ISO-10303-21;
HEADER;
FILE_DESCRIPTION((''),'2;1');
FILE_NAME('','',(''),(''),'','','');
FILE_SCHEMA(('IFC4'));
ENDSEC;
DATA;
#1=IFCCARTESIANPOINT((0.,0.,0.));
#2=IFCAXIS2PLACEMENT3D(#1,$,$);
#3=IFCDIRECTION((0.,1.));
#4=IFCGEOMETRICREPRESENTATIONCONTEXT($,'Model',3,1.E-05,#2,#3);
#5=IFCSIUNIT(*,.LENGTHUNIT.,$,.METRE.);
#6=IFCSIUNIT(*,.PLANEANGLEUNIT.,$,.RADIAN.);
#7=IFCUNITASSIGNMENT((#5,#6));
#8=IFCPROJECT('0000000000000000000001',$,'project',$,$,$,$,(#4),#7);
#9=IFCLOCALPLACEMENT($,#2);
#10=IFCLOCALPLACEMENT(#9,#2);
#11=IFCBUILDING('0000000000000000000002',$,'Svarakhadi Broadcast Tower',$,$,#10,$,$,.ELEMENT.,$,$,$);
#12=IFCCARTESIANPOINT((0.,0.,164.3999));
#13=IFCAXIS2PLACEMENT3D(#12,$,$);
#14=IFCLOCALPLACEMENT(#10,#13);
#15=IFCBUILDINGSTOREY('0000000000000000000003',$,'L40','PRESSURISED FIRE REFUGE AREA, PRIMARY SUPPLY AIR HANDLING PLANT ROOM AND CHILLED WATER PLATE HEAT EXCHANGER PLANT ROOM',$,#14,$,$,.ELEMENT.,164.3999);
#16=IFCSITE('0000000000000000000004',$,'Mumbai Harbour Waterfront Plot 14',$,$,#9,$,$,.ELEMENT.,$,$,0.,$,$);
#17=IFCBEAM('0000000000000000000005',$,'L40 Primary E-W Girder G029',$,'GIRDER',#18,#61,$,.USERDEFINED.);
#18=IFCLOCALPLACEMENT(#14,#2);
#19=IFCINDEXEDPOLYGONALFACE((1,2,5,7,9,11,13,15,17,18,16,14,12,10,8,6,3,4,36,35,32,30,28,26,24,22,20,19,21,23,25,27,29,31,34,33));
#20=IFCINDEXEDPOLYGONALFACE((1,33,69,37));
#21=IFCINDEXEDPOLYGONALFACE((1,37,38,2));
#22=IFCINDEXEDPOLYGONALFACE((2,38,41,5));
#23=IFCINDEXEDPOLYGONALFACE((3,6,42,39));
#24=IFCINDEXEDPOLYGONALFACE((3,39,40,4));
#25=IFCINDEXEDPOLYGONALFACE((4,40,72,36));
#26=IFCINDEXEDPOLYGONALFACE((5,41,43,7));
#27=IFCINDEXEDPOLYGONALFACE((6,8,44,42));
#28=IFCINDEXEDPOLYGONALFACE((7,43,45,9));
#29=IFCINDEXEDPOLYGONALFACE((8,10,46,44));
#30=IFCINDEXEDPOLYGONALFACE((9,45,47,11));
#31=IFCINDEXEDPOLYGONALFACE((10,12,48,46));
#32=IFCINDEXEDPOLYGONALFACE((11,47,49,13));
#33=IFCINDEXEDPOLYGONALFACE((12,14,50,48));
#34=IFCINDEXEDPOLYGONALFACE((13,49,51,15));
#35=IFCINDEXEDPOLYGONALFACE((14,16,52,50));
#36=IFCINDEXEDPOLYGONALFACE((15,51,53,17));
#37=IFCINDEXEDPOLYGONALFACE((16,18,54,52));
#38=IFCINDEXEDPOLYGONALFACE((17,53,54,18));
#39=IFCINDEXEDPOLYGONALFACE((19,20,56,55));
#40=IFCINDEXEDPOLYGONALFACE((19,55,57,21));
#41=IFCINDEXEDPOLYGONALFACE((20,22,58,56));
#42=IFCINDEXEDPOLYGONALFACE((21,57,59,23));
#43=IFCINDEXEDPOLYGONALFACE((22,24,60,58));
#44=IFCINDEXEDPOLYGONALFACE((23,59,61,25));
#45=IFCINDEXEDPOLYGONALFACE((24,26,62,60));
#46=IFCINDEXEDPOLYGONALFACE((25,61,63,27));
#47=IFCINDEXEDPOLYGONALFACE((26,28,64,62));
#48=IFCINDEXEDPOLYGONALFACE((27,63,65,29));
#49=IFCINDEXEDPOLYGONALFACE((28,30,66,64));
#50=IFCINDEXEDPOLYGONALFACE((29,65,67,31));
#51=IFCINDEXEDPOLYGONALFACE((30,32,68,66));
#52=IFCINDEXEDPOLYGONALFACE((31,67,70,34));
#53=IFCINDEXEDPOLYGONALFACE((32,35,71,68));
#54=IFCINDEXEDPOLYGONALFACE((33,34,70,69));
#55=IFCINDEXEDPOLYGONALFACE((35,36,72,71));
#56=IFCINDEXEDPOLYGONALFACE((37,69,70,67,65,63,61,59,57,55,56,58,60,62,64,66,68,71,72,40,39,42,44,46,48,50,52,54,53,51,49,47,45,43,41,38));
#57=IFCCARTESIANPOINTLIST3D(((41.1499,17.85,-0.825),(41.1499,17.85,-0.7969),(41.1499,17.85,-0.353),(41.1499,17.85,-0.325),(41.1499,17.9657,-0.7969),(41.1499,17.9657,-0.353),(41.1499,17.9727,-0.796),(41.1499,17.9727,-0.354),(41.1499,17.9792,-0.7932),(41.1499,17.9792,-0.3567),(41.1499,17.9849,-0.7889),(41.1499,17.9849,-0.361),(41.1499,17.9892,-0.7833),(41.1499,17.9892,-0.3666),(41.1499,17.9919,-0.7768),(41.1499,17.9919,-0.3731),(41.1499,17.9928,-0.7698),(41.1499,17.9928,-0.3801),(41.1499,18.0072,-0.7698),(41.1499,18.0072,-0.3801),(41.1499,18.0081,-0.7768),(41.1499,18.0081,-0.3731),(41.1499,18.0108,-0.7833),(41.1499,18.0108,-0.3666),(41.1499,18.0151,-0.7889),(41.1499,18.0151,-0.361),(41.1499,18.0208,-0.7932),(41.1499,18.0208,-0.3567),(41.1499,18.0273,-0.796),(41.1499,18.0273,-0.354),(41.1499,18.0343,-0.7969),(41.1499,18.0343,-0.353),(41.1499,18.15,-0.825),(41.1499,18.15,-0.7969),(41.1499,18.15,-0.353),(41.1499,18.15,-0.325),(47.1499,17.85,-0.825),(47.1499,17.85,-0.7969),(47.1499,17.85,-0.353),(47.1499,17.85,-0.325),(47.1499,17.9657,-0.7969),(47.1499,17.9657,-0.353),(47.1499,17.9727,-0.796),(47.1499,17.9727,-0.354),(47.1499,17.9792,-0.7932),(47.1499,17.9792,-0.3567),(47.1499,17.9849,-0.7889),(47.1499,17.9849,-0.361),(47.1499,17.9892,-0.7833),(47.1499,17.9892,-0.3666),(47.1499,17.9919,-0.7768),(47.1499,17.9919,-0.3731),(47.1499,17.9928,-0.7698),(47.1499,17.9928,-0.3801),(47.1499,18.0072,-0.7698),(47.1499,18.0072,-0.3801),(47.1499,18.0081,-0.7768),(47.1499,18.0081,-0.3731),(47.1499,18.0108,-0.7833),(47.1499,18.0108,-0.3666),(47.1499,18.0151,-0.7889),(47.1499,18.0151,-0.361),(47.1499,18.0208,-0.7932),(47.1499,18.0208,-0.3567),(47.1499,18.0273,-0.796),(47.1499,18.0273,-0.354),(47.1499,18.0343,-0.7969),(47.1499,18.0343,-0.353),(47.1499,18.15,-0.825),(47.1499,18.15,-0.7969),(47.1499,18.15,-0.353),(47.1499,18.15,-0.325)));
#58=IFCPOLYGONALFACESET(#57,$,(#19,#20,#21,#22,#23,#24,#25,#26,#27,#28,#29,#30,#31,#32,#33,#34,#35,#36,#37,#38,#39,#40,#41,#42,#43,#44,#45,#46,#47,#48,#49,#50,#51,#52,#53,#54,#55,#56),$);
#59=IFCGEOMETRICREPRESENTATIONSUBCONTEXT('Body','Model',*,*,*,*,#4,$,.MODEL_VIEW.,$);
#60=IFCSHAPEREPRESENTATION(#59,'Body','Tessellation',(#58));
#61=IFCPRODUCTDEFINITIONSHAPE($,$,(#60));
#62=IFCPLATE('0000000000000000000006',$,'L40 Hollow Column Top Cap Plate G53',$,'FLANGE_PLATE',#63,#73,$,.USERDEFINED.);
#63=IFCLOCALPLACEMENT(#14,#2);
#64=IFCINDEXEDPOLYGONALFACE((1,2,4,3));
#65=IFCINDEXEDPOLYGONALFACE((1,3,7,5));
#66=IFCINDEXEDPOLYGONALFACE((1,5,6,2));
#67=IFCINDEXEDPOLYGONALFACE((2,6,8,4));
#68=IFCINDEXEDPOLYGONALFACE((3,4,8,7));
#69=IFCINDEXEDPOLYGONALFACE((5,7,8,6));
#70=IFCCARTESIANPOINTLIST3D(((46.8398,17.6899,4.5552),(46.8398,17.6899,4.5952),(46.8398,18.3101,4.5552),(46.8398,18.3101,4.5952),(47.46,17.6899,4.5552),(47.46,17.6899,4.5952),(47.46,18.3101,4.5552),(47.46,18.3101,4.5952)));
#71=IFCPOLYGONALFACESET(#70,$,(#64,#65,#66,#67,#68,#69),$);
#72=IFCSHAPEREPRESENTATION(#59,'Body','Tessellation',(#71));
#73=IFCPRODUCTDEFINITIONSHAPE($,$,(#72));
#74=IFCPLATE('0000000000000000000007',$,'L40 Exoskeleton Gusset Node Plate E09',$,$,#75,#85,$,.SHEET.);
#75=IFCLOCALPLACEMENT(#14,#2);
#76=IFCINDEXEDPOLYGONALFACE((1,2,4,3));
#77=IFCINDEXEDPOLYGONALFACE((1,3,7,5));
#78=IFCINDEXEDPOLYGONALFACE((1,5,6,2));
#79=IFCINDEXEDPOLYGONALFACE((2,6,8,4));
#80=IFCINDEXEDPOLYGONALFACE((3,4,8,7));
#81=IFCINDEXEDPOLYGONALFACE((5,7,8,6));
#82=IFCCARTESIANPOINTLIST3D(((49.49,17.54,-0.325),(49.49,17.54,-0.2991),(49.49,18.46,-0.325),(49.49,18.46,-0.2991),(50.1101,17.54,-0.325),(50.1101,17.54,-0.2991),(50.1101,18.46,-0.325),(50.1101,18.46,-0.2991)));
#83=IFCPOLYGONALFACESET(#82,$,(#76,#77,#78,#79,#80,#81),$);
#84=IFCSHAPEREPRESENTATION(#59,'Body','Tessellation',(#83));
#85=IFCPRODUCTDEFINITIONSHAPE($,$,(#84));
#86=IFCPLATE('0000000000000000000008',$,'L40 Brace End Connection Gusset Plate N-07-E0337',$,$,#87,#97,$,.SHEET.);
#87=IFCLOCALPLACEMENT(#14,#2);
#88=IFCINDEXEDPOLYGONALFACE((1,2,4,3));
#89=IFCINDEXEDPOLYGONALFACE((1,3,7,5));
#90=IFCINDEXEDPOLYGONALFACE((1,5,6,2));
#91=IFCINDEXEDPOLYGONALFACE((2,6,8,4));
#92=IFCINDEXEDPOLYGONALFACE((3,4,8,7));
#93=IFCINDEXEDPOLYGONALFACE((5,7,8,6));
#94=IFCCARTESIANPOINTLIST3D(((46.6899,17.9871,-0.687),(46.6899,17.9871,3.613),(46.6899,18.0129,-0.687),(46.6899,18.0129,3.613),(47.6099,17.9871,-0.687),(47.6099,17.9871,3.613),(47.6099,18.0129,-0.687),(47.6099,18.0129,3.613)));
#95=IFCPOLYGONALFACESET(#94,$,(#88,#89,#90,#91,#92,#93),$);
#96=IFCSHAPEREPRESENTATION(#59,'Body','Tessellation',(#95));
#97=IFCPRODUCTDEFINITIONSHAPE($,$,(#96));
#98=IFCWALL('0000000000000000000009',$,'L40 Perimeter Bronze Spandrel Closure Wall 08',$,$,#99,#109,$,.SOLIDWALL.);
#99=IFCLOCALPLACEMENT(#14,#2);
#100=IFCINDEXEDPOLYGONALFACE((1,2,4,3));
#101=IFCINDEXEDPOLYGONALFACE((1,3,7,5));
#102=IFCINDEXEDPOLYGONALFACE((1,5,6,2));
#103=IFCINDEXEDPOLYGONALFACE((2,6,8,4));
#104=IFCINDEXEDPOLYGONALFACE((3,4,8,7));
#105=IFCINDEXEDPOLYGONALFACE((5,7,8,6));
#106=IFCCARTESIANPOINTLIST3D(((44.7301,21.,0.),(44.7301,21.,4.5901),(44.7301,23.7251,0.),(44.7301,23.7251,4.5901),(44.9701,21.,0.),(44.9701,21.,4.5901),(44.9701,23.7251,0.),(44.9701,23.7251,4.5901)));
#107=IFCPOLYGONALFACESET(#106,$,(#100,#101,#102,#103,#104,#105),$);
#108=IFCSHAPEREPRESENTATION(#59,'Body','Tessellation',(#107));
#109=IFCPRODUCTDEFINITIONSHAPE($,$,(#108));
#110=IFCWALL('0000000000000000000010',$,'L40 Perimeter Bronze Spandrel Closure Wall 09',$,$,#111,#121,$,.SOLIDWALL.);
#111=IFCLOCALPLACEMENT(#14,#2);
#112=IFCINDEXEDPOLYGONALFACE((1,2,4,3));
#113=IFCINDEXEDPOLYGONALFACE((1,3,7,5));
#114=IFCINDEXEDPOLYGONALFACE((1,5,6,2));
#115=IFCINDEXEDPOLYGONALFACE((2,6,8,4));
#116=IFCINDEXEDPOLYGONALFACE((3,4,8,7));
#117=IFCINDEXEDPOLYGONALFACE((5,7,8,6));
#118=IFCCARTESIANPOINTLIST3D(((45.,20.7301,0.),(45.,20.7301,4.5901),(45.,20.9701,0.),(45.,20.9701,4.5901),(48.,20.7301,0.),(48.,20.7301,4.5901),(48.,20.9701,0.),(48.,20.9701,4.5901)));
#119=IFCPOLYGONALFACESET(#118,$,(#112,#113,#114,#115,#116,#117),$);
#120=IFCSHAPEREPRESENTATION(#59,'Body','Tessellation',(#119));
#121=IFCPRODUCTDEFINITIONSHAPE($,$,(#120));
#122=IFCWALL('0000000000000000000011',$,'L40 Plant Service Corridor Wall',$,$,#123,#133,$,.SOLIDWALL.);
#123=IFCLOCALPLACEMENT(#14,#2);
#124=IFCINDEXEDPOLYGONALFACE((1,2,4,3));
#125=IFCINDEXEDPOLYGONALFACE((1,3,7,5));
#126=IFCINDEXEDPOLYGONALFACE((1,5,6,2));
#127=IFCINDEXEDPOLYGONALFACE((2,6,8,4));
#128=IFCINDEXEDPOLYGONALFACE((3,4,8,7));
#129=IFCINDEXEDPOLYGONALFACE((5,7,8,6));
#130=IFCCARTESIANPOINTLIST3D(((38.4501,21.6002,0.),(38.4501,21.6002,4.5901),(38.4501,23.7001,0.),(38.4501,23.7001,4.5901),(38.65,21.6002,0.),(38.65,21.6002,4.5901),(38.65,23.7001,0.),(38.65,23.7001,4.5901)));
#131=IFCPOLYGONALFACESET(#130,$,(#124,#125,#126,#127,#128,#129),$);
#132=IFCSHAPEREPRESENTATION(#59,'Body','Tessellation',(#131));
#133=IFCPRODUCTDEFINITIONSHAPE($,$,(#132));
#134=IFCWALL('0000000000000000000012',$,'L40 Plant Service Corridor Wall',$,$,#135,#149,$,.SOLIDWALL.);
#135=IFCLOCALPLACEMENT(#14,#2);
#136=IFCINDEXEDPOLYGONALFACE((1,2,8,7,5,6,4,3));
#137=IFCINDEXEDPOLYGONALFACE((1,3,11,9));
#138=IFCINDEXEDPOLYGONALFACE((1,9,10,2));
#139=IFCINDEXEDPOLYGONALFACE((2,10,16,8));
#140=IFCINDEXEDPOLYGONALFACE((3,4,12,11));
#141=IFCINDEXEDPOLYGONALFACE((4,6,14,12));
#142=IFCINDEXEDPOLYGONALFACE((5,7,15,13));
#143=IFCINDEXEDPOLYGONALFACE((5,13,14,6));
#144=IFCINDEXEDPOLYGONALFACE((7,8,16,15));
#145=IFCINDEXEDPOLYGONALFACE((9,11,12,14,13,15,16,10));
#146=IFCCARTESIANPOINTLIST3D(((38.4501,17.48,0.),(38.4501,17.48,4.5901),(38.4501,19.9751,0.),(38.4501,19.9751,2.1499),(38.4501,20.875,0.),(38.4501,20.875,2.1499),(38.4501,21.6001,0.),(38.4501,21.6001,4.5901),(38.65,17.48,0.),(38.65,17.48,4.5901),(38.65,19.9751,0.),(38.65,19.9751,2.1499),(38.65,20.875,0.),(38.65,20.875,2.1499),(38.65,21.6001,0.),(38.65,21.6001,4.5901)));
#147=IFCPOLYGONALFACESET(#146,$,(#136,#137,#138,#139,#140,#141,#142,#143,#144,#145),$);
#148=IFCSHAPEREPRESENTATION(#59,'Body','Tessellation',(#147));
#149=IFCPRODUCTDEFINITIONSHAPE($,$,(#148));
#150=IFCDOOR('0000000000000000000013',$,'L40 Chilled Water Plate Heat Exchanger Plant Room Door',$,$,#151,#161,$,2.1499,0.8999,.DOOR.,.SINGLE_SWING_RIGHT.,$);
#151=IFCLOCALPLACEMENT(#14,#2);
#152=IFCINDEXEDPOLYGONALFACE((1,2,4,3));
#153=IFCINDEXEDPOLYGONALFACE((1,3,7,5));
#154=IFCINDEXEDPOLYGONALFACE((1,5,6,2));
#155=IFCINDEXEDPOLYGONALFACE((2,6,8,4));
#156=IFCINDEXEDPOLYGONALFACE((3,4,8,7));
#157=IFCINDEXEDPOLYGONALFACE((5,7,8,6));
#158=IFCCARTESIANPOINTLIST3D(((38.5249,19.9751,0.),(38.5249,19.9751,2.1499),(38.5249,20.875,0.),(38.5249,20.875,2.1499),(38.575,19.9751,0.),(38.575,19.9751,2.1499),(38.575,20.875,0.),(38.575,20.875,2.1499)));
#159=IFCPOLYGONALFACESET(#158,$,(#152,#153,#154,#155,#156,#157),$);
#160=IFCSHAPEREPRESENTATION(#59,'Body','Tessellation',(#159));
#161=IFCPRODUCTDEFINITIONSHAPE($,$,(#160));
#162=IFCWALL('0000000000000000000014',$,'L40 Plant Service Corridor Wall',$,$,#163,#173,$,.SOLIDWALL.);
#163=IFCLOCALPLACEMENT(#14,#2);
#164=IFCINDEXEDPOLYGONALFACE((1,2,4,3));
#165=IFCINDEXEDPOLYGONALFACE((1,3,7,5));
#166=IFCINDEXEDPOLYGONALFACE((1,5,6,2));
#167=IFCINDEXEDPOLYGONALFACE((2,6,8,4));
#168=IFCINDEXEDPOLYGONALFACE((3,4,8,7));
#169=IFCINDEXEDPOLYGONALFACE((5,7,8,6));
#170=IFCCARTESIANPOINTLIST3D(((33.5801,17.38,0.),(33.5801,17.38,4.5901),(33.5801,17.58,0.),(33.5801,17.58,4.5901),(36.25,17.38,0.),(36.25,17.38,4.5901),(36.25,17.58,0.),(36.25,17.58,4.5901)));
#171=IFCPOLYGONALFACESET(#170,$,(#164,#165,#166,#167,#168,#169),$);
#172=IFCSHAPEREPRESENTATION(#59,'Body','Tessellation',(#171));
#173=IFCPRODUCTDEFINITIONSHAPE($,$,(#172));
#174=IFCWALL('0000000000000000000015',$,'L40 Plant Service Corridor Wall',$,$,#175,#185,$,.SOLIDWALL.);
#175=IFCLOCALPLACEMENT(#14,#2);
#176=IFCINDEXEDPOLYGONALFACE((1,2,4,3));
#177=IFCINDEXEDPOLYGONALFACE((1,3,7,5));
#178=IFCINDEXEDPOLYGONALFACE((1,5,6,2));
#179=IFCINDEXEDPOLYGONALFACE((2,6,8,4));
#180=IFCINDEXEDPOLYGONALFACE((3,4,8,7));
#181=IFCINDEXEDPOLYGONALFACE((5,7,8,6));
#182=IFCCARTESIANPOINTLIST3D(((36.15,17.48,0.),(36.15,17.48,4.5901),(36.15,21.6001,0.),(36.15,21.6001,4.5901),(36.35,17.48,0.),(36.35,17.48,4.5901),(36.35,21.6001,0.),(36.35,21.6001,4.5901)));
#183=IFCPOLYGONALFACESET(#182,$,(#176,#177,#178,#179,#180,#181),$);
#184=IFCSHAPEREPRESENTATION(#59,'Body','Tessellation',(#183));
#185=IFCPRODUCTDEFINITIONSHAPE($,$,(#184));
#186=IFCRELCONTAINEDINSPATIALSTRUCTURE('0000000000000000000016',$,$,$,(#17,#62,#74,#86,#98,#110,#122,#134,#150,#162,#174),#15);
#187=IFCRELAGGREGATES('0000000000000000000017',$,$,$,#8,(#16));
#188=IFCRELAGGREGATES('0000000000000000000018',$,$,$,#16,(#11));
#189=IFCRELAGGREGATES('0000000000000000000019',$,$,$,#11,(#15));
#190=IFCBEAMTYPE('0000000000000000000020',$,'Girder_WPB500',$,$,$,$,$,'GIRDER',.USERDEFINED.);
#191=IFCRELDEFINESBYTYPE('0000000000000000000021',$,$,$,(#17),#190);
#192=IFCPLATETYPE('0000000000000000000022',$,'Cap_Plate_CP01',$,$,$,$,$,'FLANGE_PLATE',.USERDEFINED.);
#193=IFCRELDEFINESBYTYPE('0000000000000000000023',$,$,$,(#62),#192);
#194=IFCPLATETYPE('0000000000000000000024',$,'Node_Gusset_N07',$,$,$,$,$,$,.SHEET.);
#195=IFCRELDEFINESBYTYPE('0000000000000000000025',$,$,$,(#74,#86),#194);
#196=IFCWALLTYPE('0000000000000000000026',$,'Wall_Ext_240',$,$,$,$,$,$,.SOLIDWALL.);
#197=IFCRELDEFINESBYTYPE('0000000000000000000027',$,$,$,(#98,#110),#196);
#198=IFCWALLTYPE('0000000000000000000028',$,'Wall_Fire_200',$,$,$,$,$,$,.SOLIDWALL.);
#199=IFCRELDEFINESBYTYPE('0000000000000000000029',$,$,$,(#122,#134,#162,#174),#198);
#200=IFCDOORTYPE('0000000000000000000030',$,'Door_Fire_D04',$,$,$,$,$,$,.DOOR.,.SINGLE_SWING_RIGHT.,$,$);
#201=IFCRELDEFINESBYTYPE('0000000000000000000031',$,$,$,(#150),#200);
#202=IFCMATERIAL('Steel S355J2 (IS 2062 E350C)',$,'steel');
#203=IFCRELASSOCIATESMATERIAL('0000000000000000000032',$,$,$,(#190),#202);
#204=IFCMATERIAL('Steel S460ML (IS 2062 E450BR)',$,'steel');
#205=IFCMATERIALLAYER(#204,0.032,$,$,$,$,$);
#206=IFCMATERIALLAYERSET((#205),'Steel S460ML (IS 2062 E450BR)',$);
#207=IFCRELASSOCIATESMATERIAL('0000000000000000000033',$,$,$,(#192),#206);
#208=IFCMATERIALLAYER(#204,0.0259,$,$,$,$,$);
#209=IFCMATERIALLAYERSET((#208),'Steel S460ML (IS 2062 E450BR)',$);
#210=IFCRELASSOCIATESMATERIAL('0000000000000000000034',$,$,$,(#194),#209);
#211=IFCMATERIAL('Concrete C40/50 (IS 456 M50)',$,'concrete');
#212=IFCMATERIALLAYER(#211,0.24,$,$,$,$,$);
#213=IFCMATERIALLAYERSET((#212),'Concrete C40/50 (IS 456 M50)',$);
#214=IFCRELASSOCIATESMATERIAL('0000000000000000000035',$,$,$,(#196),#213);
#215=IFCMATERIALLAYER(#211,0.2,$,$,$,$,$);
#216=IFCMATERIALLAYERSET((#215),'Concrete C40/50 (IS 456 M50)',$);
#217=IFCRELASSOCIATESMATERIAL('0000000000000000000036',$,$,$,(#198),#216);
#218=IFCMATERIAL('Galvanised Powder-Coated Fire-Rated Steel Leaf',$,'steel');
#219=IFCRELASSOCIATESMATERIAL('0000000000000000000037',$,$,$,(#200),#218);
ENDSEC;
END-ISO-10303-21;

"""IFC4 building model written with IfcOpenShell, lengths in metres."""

from ifc_helpers import new_model, si_unit, direction, frame, frame_2d, origin, origin_2d, place, context, subcontext, project, spatial, rectangle, i_section, extrude, material, layer, layer_set, material_profile, profile_set, type_object, element, fill, save


model = new_model("IFC4")

# Units and contexts
model_context = context("Model", 3, precision=1e-05, world=origin(), true_north=direction((0.0, 1.0)))
body_context = subcontext(model_context, "Body", "Model", "MODEL_VIEW")
ifc_project = project(units=[si_unit("LENGTHUNIT", "METRE"), si_unit("PLANEANGLEUNIT", "RADIAN")], contexts=[model_context])

# Site, building, storey
site_placement = place(None, origin())
site = spatial("IfcSite", under=ifc_project, at=site_placement, Name="Mumbai Harbour Waterfront Plot 14", CompositionType="ELEMENT", RefElevation=0.0)
building_placement = place(site_placement, origin())
building = spatial("IfcBuilding", under=site, at=building_placement, Name="Svarakhadi Broadcast Tower", CompositionType="ELEMENT")
storey_placement = place(building_placement, frame((0.0, 0.0, 164.3999)))
storey = spatial("IfcBuildingStorey", under=building, at=storey_placement, Name="L40", Description="PRESSURISED FIRE REFUGE AREA, PRIMARY SUPPLY AIR HANDLING PLANT ROOM AND CHILLED WATER PLATE HEAT EXCHANGER PLANT ROOM", CompositionType="ELEMENT", Elevation=164.3999)

# Shared definitions
ifc_material_1 = material(Name="Steel S460ML (IS 2062 E450BR)", Category="steel")

# Beam
ifc_material_2 = material(Name="Steel S355J2 (IS 2062 E350C)", Category="steel")
ifc_material_profile_1 = material_profile(ifc_material_2, i_section(OverallWidth=0.3, OverallDepth=0.5, WebThickness=0.0144, FlangeThickness=0.0281, FilletRadius=0.0271, at=origin_2d()), Name="WPB 500x300x187")
ifc_profile_set_1 = profile_set([ifc_material_profile_1], Name="Steel S355J2 (IS 2062 E350C)")
beam_type = type_object("IfcBeamType", Name="Girder_WPB500", ElementType="GIRDER", PredefinedType="USERDEFINED", material=ifc_profile_set_1)
for number, where, z_axis, x_axis, name in (
    (1, (41.1499, 18.0, -0.575), (1.0, 0.0, 0.0), (0.0, 1.0, 0.0), "L40 Primary E-W Girder G029"),
):
    element("IfcBeam", number, at=place(storey_placement, frame(where, z_axis=z_axis, x_axis=x_axis)), inside=storey, type_object=beam_type, Name=name, ObjectType="GIRDER", PredefinedType="USERDEFINED", context=body_context, shape_type="SweptSolid", body=[
        extrude(i_section(OverallWidth=0.3, OverallDepth=0.5, WebThickness=0.0144, FlangeThickness=0.0281, FilletRadius=0.0271, at=origin_2d()), origin(), (0.0, 0.0, 1.0), 6.0),
    ])

# Plates
ifc_layer_1 = layer(ifc_material_1, 0.032)
ifc_layer_set_1 = layer_set([ifc_layer_1], Name="Steel S460ML (IS 2062 E450BR)")
plate_type_1 = type_object("IfcPlateType", Name="Cap_Plate_CP01", ElementType="FLANGE_PLATE", PredefinedType="USERDEFINED", material=ifc_layer_set_1)
plate_1_placement = place(storey_placement, frame((47.1499, 18.0, 4.5552), z_axis=(0.0, 0.0, 1.0), x_axis=(1.0, 0.0, 0.0)))
element("IfcPlate", 2, at=plate_1_placement, inside=storey, type_object=plate_type_1, Name="L40 Hollow Column Top Cap Plate G53", ObjectType="FLANGE_PLATE", PredefinedType="USERDEFINED", context=body_context, shape_type="SweptSolid", body=[
    extrude(rectangle(XDim=0.6201, YDim=0.6201, at=origin_2d()), origin(), (0.0, 0.0, 1.0), 0.04),
])
ifc_layer_2 = layer(ifc_material_1, 0.0259)
ifc_layer_set_2 = layer_set([ifc_layer_2], Name="Steel S460ML (IS 2062 E450BR)")
plate_type_2 = type_object("IfcPlateType", Name="Node_Gusset_N07", PredefinedType="SHEET", material=ifc_layer_set_2)
plate_2_placement = place(storey_placement, frame((49.8, 18.0, -0.325), z_axis=(0.0, 0.0, 1.0), x_axis=(0.0, 1.0, 0.0)))
element("IfcPlate", 3, at=plate_2_placement, inside=storey, type_object=plate_type_2, Name="L40 Exoskeleton Gusset Node Plate E09", PredefinedType="SHEET", context=body_context, shape_type="SweptSolid", body=[
    extrude(rectangle(XDim=0.9199, YDim=0.6201, at=origin_2d()), origin(), (0.0, 0.0, 1.0), 0.0259),
])
plate_3_placement = place(storey_placement, frame((47.1499, 18.0, -0.687), z_axis=(0.0, 0.0, 1.0), x_axis=(1.0, 0.0, 0.0)))
element("IfcPlate", 4, at=plate_3_placement, inside=storey, type_object=plate_type_2, Name="L40 Brace End Connection Gusset Plate N-07-E0337", PredefinedType="SHEET", context=body_context, shape_type="SweptSolid", body=[
    extrude(rectangle(XDim=0.9199, YDim=0.0259, at=origin_2d()), origin(), (0.0, 0.0, 1.0), 4.3),
])

# Walls
ifc_material_3 = material(Name="Concrete C40/50 (IS 456 M50)", Category="concrete")
ifc_layer_3 = layer(ifc_material_3, 0.24)
ifc_layer_set_3 = layer_set([ifc_layer_3], Name="Concrete C40/50 (IS 456 M50)")
wall_type_1 = type_object("IfcWallType", Name="Wall_Ext_240", PredefinedType="SOLIDWALL", material=ifc_layer_set_3)
wall_1_placement = place(storey_placement, frame((44.8501, 23.7251, 0.0), z_axis=(0.0, 0.0, 1.0), x_axis=(0.0, -1.0, 0.0)))
element("IfcWall", 5, at=wall_1_placement, inside=storey, type_object=wall_type_1, Name="L40 Perimeter Bronze Spandrel Closure Wall 08", PredefinedType="SOLIDWALL", context=body_context, shape_type="SweptSolid", body=[
    extrude(rectangle(XDim=2.7251, YDim=0.24, at=frame_2d((1.3625, 0.0))), origin(), (0.0, 0.0, 1.0), 4.5901),
])
wall_2_placement = place(storey_placement, frame((45.0, 20.8501, 0.0), z_axis=(0.0, 0.0, 1.0), x_axis=(1.0, 0.0, 0.0)))
element("IfcWall", 6, at=wall_2_placement, inside=storey, type_object=wall_type_1, Name="L40 Perimeter Bronze Spandrel Closure Wall 09", PredefinedType="SOLIDWALL", context=body_context, shape_type="SweptSolid", body=[
    extrude(rectangle(XDim=3.0, YDim=0.24, at=frame_2d((1.5, 0.0))), origin(), (0.0, 0.0, 1.0), 4.5901),
])
ifc_layer_4 = layer(ifc_material_3, 0.2)
ifc_layer_set_4 = layer_set([ifc_layer_4], Name="Concrete C40/50 (IS 456 M50)")
wall_type_2 = type_object("IfcWallType", Name="Wall_Fire_200", PredefinedType="SOLIDWALL", material=ifc_layer_set_4)
wall_3_placement = place(storey_placement, frame((38.55, 23.7, 0.0), z_axis=(0.0, 0.0, 1.0), x_axis=(0.0, -1.0, 0.0)))
element("IfcWall", 7, at=wall_3_placement, inside=storey, type_object=wall_type_2, Name="L40 Plant Service Corridor Wall", PredefinedType="SOLIDWALL", context=body_context, shape_type="SweptSolid", body=[
    extrude(rectangle(XDim=2.0999, YDim=0.2, at=frame_2d((1.0498, 0.0))), origin(), (0.0, 0.0, 1.0), 4.5901),
])

# Wall, opening, door
wall_4_placement = place(storey_placement, frame((38.55, 21.6001, 0.0), z_axis=(0.0, 0.0, 1.0), x_axis=(0.0, -1.0, 0.0)))
wall_4 = element("IfcWall", 8, at=wall_4_placement, inside=storey, type_object=wall_type_2, Name="L40 Plant Service Corridor Wall", PredefinedType="SOLIDWALL", context=body_context, shape_type="SweptSolid", body=[
    extrude(rectangle(XDim=4.1201, YDim=0.2, at=frame_2d((2.0601, 0.0))), origin(), (0.0, 0.0, 1.0), 4.5901),
])
opening_1_placement = place(wall_4_placement, frame((0.7251, 0.0, 0.0)))
opening_1 = element("IfcOpeningElement", 9, at=opening_1_placement, cuts=wall_4, PredefinedType="OPENING", context=body_context, shape_type="SweptSolid", body=[
    extrude(rectangle(XDim=0.8999, YDim=2.1499, at=frame_2d((0.45, 1.075))), frame((0.0, 0.1099, 0.0), z_axis=(0.0, -1.0, 0.0), x_axis=(1.0, 0.0, 0.0)), (0.0, 0.0, 1.0), 0.22),
])
ifc_material_4 = material(Name="Galvanised Powder-Coated Fire-Rated Steel Leaf", Category="steel")
door_type_1 = type_object("IfcDoorType", Name="Door_Fire_D04", OperationType="SINGLE_SWING_RIGHT", PredefinedType="DOOR", material=ifc_material_4)
door_1_placement = place(opening_1_placement, origin())
door_1 = element("IfcDoor", 10, at=door_1_placement, inside=storey, type_object=door_type_1, Name="L40 Chilled Water Plate Heat Exchanger Plant Room Door", OperationType="SINGLE_SWING_RIGHT", OverallHeight=2.1499, OverallWidth=0.8999, PredefinedType="DOOR", context=body_context, shape_type="SweptSolid", body=[
    extrude(rectangle(XDim=0.8999, YDim=2.1499, at=frame_2d((0.45, 1.075))), frame((0.0, 0.0249, 0.0), z_axis=(0.0, -1.0, 0.0), x_axis=(1.0, 0.0, 0.0)), (0.0, 0.0, 1.0), 0.05),
])
fill(opening_1, door_1)

# Walls
wall_5_placement = place(storey_placement, frame((33.5801, 17.48, 0.0), z_axis=(0.0, 0.0, 1.0), x_axis=(1.0, 0.0, 0.0)))
element("IfcWall", 11, at=wall_5_placement, inside=storey, type_object=wall_type_2, Name="L40 Plant Service Corridor Wall", PredefinedType="SOLIDWALL", context=body_context, shape_type="SweptSolid", body=[
    extrude(rectangle(XDim=2.6699, YDim=0.2, at=frame_2d((1.335, 0.0))), origin(), (0.0, 0.0, 1.0), 4.5901),
])
wall_6_placement = place(storey_placement, frame((36.25, 17.48, 0.0), z_axis=(0.0, 0.0, 1.0), x_axis=(0.0, 1.0, 0.0)))
element("IfcWall", 12, at=wall_6_placement, inside=storey, type_object=wall_type_2, Name="L40 Plant Service Corridor Wall", PredefinedType="SOLIDWALL", context=body_context, shape_type="SweptSolid", body=[
    extrude(rectangle(XDim=4.1201, YDim=0.2, at=frame_2d((2.0601, 0.0))), origin(), (0.0, 0.0, 1.0), 4.5901),
])

save(model, "model.ifc")
